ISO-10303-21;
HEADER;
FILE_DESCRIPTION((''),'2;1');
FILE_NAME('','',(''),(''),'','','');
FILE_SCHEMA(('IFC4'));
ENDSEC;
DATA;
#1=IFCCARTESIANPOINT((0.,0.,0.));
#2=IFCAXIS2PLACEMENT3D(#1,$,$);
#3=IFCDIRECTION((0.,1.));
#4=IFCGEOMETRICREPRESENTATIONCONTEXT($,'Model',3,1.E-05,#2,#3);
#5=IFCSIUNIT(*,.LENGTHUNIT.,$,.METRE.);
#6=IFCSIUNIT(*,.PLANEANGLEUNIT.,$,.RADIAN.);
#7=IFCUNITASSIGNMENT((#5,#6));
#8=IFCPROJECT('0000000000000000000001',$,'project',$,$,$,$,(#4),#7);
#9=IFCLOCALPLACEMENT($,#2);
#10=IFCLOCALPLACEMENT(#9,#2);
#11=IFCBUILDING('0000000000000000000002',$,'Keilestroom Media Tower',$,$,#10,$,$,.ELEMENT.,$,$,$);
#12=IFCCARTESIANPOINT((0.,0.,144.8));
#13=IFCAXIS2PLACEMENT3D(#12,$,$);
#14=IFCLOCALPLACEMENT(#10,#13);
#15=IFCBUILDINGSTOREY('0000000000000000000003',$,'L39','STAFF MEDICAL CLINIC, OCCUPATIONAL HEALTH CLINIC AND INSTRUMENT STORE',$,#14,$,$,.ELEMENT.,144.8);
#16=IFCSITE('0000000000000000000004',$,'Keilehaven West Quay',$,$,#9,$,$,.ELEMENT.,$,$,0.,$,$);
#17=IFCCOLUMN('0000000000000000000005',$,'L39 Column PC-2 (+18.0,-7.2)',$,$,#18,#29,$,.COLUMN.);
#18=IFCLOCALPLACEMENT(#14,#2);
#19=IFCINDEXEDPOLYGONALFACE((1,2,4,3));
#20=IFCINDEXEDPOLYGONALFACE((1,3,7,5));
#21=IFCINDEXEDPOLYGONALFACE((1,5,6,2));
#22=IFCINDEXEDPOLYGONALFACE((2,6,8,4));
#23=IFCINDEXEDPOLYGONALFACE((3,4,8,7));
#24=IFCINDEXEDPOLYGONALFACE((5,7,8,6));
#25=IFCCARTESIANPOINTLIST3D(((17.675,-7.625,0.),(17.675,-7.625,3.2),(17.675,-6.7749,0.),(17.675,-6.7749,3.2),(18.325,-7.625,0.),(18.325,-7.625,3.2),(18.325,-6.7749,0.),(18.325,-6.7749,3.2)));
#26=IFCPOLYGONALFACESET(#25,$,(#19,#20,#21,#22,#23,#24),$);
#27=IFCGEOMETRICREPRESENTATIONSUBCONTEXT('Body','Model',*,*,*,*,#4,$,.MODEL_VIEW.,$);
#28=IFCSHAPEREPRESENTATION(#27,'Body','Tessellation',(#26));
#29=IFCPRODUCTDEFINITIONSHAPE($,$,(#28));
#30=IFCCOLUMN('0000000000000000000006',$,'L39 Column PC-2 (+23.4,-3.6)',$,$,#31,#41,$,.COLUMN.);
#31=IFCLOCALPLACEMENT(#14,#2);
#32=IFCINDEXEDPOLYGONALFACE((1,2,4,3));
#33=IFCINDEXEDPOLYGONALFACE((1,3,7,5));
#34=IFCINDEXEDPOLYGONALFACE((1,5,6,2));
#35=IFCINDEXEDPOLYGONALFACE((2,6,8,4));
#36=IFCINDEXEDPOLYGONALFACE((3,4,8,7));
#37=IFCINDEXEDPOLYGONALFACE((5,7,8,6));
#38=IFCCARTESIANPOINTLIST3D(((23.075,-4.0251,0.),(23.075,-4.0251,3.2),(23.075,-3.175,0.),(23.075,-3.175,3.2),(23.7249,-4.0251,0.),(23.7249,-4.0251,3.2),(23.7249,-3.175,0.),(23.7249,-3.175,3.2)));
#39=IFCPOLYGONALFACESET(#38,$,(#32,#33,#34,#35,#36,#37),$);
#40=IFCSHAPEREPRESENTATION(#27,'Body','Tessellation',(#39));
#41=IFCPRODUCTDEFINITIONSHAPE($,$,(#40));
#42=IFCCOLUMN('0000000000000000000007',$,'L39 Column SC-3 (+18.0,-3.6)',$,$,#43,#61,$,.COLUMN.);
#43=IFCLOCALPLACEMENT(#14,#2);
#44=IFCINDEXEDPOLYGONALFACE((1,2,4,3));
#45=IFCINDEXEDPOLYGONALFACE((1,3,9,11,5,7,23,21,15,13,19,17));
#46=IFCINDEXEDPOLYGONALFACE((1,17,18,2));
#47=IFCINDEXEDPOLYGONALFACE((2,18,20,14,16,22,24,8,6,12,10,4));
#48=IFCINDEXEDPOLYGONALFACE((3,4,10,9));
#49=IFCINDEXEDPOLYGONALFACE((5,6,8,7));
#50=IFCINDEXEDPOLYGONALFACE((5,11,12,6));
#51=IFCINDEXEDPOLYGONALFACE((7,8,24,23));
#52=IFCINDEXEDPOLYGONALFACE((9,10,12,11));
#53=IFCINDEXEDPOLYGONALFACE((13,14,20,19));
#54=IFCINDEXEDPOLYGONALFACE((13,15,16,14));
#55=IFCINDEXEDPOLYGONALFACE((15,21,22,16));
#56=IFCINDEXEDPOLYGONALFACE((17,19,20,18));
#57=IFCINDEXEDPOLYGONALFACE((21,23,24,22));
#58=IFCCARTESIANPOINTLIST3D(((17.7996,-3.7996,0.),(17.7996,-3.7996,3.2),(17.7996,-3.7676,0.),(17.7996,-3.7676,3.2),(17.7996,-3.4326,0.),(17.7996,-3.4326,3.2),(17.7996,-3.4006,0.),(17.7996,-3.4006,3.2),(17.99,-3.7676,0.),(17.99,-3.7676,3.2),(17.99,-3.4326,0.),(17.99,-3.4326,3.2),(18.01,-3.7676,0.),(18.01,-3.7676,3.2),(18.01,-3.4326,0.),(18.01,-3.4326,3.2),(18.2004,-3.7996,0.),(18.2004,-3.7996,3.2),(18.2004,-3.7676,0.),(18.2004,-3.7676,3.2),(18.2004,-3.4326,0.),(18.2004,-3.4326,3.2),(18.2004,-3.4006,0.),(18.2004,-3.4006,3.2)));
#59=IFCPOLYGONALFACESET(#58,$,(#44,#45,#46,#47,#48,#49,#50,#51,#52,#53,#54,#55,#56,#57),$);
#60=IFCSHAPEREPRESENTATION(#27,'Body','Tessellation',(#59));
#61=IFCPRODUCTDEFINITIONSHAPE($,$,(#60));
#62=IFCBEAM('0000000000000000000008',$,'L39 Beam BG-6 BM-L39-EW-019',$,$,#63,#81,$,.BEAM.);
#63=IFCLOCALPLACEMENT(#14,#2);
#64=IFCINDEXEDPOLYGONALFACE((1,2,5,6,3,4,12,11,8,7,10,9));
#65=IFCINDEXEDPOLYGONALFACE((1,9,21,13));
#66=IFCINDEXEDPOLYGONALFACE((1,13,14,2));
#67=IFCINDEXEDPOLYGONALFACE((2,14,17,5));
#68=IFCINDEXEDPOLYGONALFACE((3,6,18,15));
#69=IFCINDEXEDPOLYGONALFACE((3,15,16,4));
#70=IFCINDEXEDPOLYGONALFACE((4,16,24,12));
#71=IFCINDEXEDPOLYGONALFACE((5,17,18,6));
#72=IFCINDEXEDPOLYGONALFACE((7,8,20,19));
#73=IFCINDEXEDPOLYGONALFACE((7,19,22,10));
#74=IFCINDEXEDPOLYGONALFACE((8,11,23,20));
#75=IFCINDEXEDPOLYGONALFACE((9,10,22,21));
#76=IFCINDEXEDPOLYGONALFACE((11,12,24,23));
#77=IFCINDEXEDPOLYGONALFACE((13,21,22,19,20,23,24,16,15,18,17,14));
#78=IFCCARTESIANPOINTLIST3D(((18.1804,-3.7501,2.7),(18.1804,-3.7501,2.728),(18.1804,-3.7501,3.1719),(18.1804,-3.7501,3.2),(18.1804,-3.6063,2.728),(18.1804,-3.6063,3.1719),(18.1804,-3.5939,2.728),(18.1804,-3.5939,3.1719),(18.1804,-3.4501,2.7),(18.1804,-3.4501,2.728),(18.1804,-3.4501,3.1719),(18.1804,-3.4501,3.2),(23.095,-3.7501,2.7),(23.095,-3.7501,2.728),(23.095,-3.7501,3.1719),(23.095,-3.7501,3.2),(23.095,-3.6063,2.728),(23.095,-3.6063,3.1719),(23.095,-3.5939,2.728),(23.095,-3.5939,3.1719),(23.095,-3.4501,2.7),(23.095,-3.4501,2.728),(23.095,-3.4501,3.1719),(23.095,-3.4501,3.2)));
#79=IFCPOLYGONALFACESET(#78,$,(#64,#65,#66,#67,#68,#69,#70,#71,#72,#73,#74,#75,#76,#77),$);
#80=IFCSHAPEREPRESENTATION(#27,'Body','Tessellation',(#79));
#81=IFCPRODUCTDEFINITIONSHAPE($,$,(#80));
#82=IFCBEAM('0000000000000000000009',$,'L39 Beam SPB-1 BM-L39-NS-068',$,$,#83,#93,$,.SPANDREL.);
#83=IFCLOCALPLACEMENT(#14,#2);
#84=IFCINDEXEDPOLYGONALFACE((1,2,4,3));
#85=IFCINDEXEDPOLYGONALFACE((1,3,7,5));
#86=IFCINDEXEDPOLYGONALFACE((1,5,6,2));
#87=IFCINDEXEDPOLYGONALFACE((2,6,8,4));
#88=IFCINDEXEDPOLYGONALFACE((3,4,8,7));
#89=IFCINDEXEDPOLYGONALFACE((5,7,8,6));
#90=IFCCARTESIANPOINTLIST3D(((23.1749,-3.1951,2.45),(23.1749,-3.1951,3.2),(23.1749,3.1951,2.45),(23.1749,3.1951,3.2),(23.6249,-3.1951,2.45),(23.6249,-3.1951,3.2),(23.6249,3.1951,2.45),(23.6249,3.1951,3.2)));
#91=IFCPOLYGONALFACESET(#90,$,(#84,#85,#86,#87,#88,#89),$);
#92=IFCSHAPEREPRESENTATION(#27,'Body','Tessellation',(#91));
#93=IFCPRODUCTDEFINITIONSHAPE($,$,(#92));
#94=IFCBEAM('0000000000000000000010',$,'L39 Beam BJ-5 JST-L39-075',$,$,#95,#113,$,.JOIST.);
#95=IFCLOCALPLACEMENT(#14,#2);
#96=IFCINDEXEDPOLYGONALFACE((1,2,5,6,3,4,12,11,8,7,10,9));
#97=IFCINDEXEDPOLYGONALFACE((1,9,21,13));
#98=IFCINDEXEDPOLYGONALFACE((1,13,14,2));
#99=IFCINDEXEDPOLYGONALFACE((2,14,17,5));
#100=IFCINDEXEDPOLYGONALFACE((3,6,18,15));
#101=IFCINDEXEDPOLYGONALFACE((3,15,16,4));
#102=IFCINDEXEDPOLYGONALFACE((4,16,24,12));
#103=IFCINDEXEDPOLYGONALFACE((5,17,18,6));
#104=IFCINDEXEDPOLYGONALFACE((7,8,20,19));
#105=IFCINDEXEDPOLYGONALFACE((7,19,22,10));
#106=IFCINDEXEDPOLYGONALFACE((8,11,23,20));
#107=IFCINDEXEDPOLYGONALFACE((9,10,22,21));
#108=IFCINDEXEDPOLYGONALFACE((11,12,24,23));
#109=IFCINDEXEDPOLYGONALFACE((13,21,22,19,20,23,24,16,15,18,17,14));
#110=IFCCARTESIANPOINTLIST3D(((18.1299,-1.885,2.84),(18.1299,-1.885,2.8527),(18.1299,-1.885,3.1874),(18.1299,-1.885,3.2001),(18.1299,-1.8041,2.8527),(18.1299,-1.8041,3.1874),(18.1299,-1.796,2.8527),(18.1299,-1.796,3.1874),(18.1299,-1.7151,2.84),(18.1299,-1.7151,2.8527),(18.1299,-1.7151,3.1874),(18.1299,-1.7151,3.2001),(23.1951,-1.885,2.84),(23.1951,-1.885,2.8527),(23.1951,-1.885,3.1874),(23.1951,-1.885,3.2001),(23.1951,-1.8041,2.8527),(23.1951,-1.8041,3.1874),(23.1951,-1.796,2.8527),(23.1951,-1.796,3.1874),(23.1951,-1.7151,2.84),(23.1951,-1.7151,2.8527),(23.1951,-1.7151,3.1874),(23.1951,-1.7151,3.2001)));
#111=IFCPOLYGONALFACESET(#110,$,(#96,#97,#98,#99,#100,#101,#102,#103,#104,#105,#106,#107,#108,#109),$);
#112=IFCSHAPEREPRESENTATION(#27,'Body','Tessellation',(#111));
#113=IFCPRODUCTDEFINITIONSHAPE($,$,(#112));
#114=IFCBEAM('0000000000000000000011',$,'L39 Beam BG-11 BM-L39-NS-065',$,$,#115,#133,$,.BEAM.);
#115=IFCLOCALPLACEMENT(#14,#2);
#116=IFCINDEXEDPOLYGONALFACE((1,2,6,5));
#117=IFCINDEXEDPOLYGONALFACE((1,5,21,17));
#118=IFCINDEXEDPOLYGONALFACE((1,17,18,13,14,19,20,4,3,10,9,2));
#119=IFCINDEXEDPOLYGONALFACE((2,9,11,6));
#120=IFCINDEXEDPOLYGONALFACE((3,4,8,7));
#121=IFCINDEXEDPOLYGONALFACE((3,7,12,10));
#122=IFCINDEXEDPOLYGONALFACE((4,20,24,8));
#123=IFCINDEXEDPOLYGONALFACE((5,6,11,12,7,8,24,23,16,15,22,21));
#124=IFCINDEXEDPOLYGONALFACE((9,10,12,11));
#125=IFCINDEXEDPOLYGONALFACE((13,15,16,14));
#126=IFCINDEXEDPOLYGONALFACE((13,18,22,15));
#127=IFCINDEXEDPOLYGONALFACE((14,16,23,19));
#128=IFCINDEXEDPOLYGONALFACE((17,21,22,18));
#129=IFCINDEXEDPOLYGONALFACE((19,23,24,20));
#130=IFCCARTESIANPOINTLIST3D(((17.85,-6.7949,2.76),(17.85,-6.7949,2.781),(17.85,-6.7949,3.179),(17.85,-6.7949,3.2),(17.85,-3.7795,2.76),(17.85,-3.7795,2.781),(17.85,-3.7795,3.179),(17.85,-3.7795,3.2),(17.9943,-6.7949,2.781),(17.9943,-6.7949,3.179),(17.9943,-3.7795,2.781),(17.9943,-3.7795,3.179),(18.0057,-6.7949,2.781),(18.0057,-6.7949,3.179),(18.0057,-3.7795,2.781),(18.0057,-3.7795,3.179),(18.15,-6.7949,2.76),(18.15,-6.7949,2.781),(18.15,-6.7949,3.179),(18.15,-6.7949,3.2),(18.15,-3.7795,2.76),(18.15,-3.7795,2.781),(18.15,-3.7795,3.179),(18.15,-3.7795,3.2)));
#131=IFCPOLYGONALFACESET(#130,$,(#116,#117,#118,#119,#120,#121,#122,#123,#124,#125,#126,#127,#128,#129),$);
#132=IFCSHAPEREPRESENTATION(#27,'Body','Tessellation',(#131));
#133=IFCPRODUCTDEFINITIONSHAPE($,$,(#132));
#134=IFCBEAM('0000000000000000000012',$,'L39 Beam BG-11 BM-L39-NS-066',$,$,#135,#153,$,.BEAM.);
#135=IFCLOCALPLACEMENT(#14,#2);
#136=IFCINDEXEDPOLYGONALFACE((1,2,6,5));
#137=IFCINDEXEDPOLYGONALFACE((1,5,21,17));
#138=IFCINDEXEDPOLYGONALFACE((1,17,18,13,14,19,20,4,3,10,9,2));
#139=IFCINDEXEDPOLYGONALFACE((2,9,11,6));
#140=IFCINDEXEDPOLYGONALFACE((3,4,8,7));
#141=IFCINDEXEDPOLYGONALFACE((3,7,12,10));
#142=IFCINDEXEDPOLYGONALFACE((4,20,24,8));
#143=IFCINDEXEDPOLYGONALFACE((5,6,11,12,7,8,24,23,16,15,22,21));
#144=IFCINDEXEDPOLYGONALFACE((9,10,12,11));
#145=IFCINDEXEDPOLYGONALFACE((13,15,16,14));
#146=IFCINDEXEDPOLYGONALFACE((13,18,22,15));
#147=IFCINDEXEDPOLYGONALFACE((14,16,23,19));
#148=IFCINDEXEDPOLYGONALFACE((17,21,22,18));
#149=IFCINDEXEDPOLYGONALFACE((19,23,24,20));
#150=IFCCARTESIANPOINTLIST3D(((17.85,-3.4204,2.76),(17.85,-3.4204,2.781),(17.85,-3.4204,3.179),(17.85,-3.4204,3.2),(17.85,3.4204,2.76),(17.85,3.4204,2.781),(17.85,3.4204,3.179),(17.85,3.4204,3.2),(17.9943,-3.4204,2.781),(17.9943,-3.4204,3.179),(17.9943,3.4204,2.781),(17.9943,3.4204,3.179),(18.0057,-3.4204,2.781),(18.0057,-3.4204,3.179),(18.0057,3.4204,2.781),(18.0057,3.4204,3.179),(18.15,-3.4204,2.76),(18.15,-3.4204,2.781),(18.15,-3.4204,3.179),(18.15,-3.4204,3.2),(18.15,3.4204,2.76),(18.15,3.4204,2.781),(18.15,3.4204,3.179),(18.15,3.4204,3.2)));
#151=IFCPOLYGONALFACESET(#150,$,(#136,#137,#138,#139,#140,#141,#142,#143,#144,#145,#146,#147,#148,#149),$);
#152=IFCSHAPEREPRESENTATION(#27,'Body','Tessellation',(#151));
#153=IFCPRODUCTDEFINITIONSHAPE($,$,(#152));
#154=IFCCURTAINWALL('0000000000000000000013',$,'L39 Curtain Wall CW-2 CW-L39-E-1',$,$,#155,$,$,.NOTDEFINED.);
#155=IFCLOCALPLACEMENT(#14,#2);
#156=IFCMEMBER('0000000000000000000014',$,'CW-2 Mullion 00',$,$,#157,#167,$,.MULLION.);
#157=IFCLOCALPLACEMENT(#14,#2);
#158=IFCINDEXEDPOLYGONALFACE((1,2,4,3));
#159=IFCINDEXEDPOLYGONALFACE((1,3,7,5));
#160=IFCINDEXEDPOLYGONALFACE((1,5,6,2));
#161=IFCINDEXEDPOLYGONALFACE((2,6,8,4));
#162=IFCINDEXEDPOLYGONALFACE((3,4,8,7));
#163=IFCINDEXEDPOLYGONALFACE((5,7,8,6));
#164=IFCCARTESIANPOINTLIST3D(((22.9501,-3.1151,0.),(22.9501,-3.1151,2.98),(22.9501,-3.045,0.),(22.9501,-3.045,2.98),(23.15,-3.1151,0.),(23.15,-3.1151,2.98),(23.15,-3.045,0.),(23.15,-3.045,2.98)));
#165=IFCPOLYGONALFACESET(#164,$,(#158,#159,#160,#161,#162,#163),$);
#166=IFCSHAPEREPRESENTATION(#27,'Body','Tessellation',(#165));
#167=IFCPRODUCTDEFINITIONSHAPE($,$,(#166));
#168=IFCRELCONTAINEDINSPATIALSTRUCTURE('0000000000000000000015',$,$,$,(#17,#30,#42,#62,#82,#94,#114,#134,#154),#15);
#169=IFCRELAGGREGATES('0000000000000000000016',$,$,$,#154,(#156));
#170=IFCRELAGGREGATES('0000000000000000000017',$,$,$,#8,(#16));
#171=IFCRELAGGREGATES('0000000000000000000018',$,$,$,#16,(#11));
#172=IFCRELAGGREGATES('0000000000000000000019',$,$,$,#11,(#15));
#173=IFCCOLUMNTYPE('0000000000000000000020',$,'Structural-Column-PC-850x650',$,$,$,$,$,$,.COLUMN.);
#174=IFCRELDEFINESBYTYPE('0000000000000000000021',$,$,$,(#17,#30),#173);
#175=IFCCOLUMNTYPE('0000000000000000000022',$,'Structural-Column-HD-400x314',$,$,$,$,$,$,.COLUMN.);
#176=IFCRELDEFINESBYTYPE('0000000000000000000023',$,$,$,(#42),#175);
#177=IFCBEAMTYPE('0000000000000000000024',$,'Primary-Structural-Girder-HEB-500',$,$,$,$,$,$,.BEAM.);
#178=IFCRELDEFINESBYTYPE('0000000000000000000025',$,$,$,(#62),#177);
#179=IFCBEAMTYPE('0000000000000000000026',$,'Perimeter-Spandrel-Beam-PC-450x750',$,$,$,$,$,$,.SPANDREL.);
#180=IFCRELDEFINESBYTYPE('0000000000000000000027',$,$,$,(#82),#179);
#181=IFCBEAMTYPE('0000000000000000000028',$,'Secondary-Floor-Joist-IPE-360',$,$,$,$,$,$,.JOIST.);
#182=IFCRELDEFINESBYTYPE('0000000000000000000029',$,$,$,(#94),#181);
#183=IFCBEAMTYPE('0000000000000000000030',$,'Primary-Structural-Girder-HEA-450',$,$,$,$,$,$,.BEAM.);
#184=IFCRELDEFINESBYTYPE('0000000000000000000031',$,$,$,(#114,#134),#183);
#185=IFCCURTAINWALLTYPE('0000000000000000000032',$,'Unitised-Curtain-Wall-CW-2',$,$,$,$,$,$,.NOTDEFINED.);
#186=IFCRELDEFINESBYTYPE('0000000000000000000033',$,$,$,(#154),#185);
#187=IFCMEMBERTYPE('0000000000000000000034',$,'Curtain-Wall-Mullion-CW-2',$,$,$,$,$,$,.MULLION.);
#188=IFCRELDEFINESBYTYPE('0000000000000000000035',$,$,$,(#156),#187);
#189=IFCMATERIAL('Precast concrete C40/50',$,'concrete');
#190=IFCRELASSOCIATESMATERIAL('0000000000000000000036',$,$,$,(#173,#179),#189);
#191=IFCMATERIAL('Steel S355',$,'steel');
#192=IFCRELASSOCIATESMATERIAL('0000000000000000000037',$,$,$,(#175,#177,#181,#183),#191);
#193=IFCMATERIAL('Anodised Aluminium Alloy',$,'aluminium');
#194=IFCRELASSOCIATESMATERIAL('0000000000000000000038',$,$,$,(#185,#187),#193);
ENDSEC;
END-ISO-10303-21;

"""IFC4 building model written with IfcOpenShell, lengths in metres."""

from ifc_helpers import new_model, si_unit, direction, frame, origin, origin_2d, place, context, subcontext, project, spatial, rectangle, i_section, extrude, source, transform, mapped, material, material_profile, profile_set, type_object, element, aggregate, save


model = new_model("IFC4")

# Units and contexts
model_context = context("Model", 3, precision=1e-05, world=origin(), true_north=direction((0.0, 1.0)))
body_context = subcontext(model_context, "Body", "Model", "MODEL_VIEW")
ifc_project = project(units=[si_unit("LENGTHUNIT", "METRE"), si_unit("PLANEANGLEUNIT", "RADIAN")], contexts=[model_context])

# Site, building, storey
site_placement = place(None, origin())
site = spatial("IfcSite", under=ifc_project, at=site_placement, Name="Keilehaven West Quay", CompositionType="ELEMENT", RefElevation=0.0)
building_placement = place(site_placement, origin())
building = spatial("IfcBuilding", under=site, at=building_placement, Name="Keilestroom Media Tower", CompositionType="ELEMENT")
storey_placement = place(building_placement, frame((0.0, 0.0, 144.8)))
storey = spatial("IfcBuildingStorey", under=building, at=storey_placement, Name="L39", Description="STAFF MEDICAL CLINIC, OCCUPATIONAL HEALTH CLINIC AND INSTRUMENT STORE", CompositionType="ELEMENT", Elevation=144.8)

# Columns
ifc_material_1 = material(Name="Precast concrete C40/50", Category="concrete")
ifc_material_profile_1 = material_profile(ifc_material_1, rectangle(XDim=0.6499, YDim=0.8501, at=origin_2d()), Name="PC 850x650")
ifc_profile_set_1 = profile_set([ifc_material_profile_1], Name="Precast concrete C40/50")
column_type_1 = type_object("IfcColumnType", Name="Structural-Column-PC-850x650", PredefinedType="COLUMN", material=ifc_profile_set_1)
shared_shape_1 = source(origin(), body_context, "Body", "SweptSolid", [
    extrude(rectangle(XDim=0.6499, YDim=0.8501, at=origin_2d()), origin(), (0.0, 0.0, 1.0), 3.2),
])
for number, where, z_axis, x_axis, name in (
    (1, (18.0, -7.2, 0.0), (0.0, 0.0, 1.0), (1.0, 0.0, 0.0), "L39 Column PC-2 (+18.0,-7.2)"),
    (2, (23.3999, -3.6001, 0.0), (0.0, 0.0, 1.0), (1.0, 0.0, 0.0), "L39 Column PC-2 (+23.4,-3.6)"),
):
    element("IfcColumn", number, at=place(storey_placement, frame(where, z_axis=z_axis, x_axis=x_axis)), inside=storey, type_object=column_type_1, Name=name, PredefinedType="COLUMN", context=body_context, shape_type="MappedRepresentation", body=[
        mapped(shared_shape_1, transform((0.0, 0.0, 0.0), x_axis=(1.0, 0.0, 0.0), y_axis=(0.0, 1.0, 0.0), z_axis=(0.0, 0.0, 1.0), scale=1.0)),
    ])
ifc_material_2 = material(Name="Steel S355", Category="steel")
ifc_material_profile_2 = material_profile(ifc_material_2, i_section(OverallWidth=0.4009, OverallDepth=0.3989, WebThickness=0.02, FlangeThickness=0.032, at=origin_2d()), Name="HD 400x314")
ifc_profile_set_2 = profile_set([ifc_material_profile_2], Name="Steel S355")
column_type_2 = type_object("IfcColumnType", Name="Structural-Column-HD-400x314", PredefinedType="COLUMN", material=ifc_profile_set_2)
shared_shape_2 = source(origin(), body_context, "Body", "SweptSolid", [
    extrude(i_section(OverallWidth=0.4009, OverallDepth=0.3989, WebThickness=0.02, FlangeThickness=0.032, at=origin_2d()), origin(), (0.0, 0.0, 1.0), 3.2),
])
column_placement = place(storey_placement, frame((18.0, -3.6001, 0.0), z_axis=(0.0, 0.0, 1.0), x_axis=(1.0, 0.0, 0.0)))
element("IfcColumn", 3, at=column_placement, inside=storey, type_object=column_type_2, Name="L39 Column SC-3 (+18.0,-3.6)", PredefinedType="COLUMN", context=body_context, shape_type="MappedRepresentation", body=[
    mapped(shared_shape_2, transform((0.0, 0.0, 0.0), x_axis=(1.0, 0.0, 0.0), y_axis=(0.0, 1.0, 0.0), z_axis=(0.0, 0.0, 1.0), scale=1.0)),
])

# Beams
ifc_material_profile_3 = material_profile(ifc_material_2, i_section(OverallWidth=0.3, OverallDepth=0.5, WebThickness=0.0125, FlangeThickness=0.0281, at=origin_2d()), Name="HEB 500")
ifc_profile_set_3 = profile_set([ifc_material_profile_3], Name="Steel S355")
beam_type_1 = type_object("IfcBeamType", Name="Primary-Structural-Girder-HEB-500", PredefinedType="BEAM", material=ifc_profile_set_3)
shared_shape_3 = source(origin(), body_context, "Body", "SweptSolid", [
    extrude(i_section(OverallWidth=0.3, OverallDepth=0.5, WebThickness=0.0125, FlangeThickness=0.0281, at=origin_2d()), origin(), (0.0, 0.0, 1.0), 4.9146),
])
beam_1_placement = place(storey_placement, frame((18.1804, -3.6001, 2.95), z_axis=(1.0, 0.0, 0.0), x_axis=(0.0, 1.0, 0.0)))
element("IfcBeam", 4, at=beam_1_placement, inside=storey, type_object=beam_type_1, Name="L39 Beam BG-6 BM-L39-EW-019", PredefinedType="BEAM", context=body_context, shape_type="MappedRepresentation", body=[
    mapped(shared_shape_3, transform((0.0, 0.0, 0.0), x_axis=(1.0, 0.0, 0.0), y_axis=(0.0, 1.0, 0.0), z_axis=(0.0, 0.0, 1.0), scale=1.0)),
])
ifc_material_profile_4 = material_profile(ifc_material_1, rectangle(XDim=0.45, YDim=0.75, at=origin_2d()), Name="PC 450x750")
ifc_profile_set_4 = profile_set([ifc_material_profile_4], Name="Precast concrete C40/50")
beam_type_2 = type_object("IfcBeamType", Name="Perimeter-Spandrel-Beam-PC-450x750", PredefinedType="SPANDREL", material=ifc_profile_set_4)
shared_shape_4 = source(origin(), body_context, "Body", "SweptSolid", [
    extrude(rectangle(XDim=0.45, YDim=0.75, at=origin_2d()), origin(), (0.0, 0.0, 1.0), 6.3901),
])
beam_2_placement = place(storey_placement, frame((23.3999, -3.1951, 2.825), z_axis=(0.0, 1.0, 0.0), x_axis=(-1.0, 0.0, 0.0)))
element("IfcBeam", 5, at=beam_2_placement, inside=storey, type_object=beam_type_2, Name="L39 Beam SPB-1 BM-L39-NS-068", PredefinedType="SPANDREL", context=body_context, shape_type="MappedRepresentation", body=[
    mapped(shared_shape_4, transform((0.0, 0.0, 0.0), x_axis=(1.0, 0.0, 0.0), y_axis=(0.0, 1.0, 0.0), z_axis=(0.0, 0.0, 1.0), scale=1.0)),
])
ifc_material_profile_5 = material_profile(ifc_material_2, i_section(OverallWidth=0.1699, OverallDepth=0.3601, WebThickness=0.0081, FlangeThickness=0.0127, at=origin_2d()), Name="IPE 360")
ifc_profile_set_5 = profile_set([ifc_material_profile_5], Name="Steel S355")
beam_type_3 = type_object("IfcBeamType", Name="Secondary-Floor-Joist-IPE-360", PredefinedType="JOIST", material=ifc_profile_set_5)
shared_shape_5 = source(origin(), body_context, "Body", "SweptSolid", [
    extrude(i_section(OverallWidth=0.1699, OverallDepth=0.3601, WebThickness=0.0081, FlangeThickness=0.0127, at=origin_2d()), origin(), (0.0, 0.0, 1.0), 5.0652),
])
beam_3_placement = place(storey_placement, frame((18.1299, -1.8, 3.02), z_axis=(1.0, 0.0, 0.0), x_axis=(0.0, 1.0, 0.0)))
element("IfcBeam", 6, at=beam_3_placement, inside=storey, type_object=beam_type_3, Name="L39 Beam BJ-5 JST-L39-075", PredefinedType="JOIST", context=body_context, shape_type="MappedRepresentation", body=[
    mapped(shared_shape_5, transform((0.0, 0.0, 0.0), x_axis=(1.0, 0.0, 0.0), y_axis=(0.0, 1.0, 0.0), z_axis=(0.0, 0.0, 1.0), scale=1.0)),
])
ifc_material_profile_6 = material_profile(ifc_material_2, i_section(OverallWidth=0.3, OverallDepth=0.4399, WebThickness=0.0115, FlangeThickness=0.021, at=origin_2d()), Name="HEA 450")
ifc_profile_set_6 = profile_set([ifc_material_profile_6], Name="Steel S355")
beam_type_4 = type_object("IfcBeamType", Name="Primary-Structural-Girder-HEA-450", PredefinedType="BEAM", material=ifc_profile_set_6)
shared_shape_6 = source(origin(), body_context, "Body", "SweptSolid", [
    extrude(i_section(OverallWidth=0.3, OverallDepth=0.4399, WebThickness=0.0115, FlangeThickness=0.021, at=origin_2d()), origin(), (0.0, 0.0, 1.0), 3.0154),
])
beam_4_placement = place(storey_placement, frame((18.0, -6.7949, 2.98), z_axis=(0.0, 1.0, 0.0), x_axis=(-1.0, 0.0, 0.0)))
element("IfcBeam", 7, at=beam_4_placement, inside=storey, type_object=beam_type_4, Name="L39 Beam BG-11 BM-L39-NS-065", PredefinedType="BEAM", context=body_context, shape_type="MappedRepresentation", body=[
    mapped(shared_shape_6, transform((0.0, 0.0, 0.0), x_axis=(1.0, 0.0, 0.0), y_axis=(0.0, 1.0, 0.0), z_axis=(0.0, 0.0, 1.0), scale=1.0)),
])
shared_shape_7 = source(origin(), body_context, "Body", "SweptSolid", [
    extrude(i_section(OverallWidth=0.3, OverallDepth=0.4399, WebThickness=0.0115, FlangeThickness=0.021, at=origin_2d()), origin(), (0.0, 0.0, 1.0), 6.8408),
])
beam_5_placement = place(storey_placement, frame((18.0, -3.4204, 2.98), z_axis=(0.0, 1.0, 0.0), x_axis=(-1.0, 0.0, 0.0)))
element("IfcBeam", 8, at=beam_5_placement, inside=storey, type_object=beam_type_4, Name="L39 Beam BG-11 BM-L39-NS-066", PredefinedType="BEAM", context=body_context, shape_type="MappedRepresentation", body=[
    mapped(shared_shape_7, transform((0.0, 0.0, 0.0), x_axis=(1.0, 0.0, 0.0), y_axis=(0.0, 1.0, 0.0), z_axis=(0.0, 0.0, 1.0), scale=1.0)),
])

# Curtain wall, member
ifc_material_3 = material(Name="Anodised Aluminium Alloy", Category="aluminium")
curtain_wall_type = type_object("IfcCurtainWallType", Name="Unitised-Curtain-Wall-CW-2", PredefinedType="NOTDEFINED", material=ifc_material_3)
curtain_wall_1_placement = place(storey_placement, origin())
curtain_wall_1 = element("IfcCurtainWall", 9, at=curtain_wall_1_placement, inside=storey, type_object=curtain_wall_type, Name="L39 Curtain Wall CW-2 CW-L39-E-1", PredefinedType="NOTDEFINED")
ifc_material_profile_7 = material_profile(ifc_material_3, rectangle(XDim=0.0701, YDim=0.2, at=origin_2d()), Name="ALU MULLION 70x200")
ifc_profile_set_7 = profile_set([ifc_material_profile_7], Name="Anodised Aluminium Alloy")
member_type_1 = type_object("IfcMemberType", Name="Curtain-Wall-Mullion-CW-2", PredefinedType="MULLION", material=ifc_profile_set_7)
shared_shape_8 = source(origin(), body_context, "Body", "SweptSolid", [
    extrude(rectangle(XDim=0.0701, YDim=0.2, at=origin_2d()), origin(), (0.0, 0.0, 1.0), 2.98),
])
member_1_placement = place(storey_placement, frame((23.05, -3.0801, 0.0), z_axis=(0.0, 0.0, 1.0), x_axis=(0.0, 1.0, 0.0)))
member_1 = element("IfcMember", 10, at=member_1_placement, type_object=member_type_1, Name="CW-2 Mullion 00", PredefinedType="MULLION", context=body_context, shape_type="MappedRepresentation", body=[
    mapped(shared_shape_8, transform((0.0, 0.0, 0.0), x_axis=(1.0, 0.0, 0.0), y_axis=(0.0, 1.0, 0.0), z_axis=(0.0, 0.0, 1.0), scale=1.0)),
])

aggregate(curtain_wall_1, [member_1])

save(model, "model.ifc")
